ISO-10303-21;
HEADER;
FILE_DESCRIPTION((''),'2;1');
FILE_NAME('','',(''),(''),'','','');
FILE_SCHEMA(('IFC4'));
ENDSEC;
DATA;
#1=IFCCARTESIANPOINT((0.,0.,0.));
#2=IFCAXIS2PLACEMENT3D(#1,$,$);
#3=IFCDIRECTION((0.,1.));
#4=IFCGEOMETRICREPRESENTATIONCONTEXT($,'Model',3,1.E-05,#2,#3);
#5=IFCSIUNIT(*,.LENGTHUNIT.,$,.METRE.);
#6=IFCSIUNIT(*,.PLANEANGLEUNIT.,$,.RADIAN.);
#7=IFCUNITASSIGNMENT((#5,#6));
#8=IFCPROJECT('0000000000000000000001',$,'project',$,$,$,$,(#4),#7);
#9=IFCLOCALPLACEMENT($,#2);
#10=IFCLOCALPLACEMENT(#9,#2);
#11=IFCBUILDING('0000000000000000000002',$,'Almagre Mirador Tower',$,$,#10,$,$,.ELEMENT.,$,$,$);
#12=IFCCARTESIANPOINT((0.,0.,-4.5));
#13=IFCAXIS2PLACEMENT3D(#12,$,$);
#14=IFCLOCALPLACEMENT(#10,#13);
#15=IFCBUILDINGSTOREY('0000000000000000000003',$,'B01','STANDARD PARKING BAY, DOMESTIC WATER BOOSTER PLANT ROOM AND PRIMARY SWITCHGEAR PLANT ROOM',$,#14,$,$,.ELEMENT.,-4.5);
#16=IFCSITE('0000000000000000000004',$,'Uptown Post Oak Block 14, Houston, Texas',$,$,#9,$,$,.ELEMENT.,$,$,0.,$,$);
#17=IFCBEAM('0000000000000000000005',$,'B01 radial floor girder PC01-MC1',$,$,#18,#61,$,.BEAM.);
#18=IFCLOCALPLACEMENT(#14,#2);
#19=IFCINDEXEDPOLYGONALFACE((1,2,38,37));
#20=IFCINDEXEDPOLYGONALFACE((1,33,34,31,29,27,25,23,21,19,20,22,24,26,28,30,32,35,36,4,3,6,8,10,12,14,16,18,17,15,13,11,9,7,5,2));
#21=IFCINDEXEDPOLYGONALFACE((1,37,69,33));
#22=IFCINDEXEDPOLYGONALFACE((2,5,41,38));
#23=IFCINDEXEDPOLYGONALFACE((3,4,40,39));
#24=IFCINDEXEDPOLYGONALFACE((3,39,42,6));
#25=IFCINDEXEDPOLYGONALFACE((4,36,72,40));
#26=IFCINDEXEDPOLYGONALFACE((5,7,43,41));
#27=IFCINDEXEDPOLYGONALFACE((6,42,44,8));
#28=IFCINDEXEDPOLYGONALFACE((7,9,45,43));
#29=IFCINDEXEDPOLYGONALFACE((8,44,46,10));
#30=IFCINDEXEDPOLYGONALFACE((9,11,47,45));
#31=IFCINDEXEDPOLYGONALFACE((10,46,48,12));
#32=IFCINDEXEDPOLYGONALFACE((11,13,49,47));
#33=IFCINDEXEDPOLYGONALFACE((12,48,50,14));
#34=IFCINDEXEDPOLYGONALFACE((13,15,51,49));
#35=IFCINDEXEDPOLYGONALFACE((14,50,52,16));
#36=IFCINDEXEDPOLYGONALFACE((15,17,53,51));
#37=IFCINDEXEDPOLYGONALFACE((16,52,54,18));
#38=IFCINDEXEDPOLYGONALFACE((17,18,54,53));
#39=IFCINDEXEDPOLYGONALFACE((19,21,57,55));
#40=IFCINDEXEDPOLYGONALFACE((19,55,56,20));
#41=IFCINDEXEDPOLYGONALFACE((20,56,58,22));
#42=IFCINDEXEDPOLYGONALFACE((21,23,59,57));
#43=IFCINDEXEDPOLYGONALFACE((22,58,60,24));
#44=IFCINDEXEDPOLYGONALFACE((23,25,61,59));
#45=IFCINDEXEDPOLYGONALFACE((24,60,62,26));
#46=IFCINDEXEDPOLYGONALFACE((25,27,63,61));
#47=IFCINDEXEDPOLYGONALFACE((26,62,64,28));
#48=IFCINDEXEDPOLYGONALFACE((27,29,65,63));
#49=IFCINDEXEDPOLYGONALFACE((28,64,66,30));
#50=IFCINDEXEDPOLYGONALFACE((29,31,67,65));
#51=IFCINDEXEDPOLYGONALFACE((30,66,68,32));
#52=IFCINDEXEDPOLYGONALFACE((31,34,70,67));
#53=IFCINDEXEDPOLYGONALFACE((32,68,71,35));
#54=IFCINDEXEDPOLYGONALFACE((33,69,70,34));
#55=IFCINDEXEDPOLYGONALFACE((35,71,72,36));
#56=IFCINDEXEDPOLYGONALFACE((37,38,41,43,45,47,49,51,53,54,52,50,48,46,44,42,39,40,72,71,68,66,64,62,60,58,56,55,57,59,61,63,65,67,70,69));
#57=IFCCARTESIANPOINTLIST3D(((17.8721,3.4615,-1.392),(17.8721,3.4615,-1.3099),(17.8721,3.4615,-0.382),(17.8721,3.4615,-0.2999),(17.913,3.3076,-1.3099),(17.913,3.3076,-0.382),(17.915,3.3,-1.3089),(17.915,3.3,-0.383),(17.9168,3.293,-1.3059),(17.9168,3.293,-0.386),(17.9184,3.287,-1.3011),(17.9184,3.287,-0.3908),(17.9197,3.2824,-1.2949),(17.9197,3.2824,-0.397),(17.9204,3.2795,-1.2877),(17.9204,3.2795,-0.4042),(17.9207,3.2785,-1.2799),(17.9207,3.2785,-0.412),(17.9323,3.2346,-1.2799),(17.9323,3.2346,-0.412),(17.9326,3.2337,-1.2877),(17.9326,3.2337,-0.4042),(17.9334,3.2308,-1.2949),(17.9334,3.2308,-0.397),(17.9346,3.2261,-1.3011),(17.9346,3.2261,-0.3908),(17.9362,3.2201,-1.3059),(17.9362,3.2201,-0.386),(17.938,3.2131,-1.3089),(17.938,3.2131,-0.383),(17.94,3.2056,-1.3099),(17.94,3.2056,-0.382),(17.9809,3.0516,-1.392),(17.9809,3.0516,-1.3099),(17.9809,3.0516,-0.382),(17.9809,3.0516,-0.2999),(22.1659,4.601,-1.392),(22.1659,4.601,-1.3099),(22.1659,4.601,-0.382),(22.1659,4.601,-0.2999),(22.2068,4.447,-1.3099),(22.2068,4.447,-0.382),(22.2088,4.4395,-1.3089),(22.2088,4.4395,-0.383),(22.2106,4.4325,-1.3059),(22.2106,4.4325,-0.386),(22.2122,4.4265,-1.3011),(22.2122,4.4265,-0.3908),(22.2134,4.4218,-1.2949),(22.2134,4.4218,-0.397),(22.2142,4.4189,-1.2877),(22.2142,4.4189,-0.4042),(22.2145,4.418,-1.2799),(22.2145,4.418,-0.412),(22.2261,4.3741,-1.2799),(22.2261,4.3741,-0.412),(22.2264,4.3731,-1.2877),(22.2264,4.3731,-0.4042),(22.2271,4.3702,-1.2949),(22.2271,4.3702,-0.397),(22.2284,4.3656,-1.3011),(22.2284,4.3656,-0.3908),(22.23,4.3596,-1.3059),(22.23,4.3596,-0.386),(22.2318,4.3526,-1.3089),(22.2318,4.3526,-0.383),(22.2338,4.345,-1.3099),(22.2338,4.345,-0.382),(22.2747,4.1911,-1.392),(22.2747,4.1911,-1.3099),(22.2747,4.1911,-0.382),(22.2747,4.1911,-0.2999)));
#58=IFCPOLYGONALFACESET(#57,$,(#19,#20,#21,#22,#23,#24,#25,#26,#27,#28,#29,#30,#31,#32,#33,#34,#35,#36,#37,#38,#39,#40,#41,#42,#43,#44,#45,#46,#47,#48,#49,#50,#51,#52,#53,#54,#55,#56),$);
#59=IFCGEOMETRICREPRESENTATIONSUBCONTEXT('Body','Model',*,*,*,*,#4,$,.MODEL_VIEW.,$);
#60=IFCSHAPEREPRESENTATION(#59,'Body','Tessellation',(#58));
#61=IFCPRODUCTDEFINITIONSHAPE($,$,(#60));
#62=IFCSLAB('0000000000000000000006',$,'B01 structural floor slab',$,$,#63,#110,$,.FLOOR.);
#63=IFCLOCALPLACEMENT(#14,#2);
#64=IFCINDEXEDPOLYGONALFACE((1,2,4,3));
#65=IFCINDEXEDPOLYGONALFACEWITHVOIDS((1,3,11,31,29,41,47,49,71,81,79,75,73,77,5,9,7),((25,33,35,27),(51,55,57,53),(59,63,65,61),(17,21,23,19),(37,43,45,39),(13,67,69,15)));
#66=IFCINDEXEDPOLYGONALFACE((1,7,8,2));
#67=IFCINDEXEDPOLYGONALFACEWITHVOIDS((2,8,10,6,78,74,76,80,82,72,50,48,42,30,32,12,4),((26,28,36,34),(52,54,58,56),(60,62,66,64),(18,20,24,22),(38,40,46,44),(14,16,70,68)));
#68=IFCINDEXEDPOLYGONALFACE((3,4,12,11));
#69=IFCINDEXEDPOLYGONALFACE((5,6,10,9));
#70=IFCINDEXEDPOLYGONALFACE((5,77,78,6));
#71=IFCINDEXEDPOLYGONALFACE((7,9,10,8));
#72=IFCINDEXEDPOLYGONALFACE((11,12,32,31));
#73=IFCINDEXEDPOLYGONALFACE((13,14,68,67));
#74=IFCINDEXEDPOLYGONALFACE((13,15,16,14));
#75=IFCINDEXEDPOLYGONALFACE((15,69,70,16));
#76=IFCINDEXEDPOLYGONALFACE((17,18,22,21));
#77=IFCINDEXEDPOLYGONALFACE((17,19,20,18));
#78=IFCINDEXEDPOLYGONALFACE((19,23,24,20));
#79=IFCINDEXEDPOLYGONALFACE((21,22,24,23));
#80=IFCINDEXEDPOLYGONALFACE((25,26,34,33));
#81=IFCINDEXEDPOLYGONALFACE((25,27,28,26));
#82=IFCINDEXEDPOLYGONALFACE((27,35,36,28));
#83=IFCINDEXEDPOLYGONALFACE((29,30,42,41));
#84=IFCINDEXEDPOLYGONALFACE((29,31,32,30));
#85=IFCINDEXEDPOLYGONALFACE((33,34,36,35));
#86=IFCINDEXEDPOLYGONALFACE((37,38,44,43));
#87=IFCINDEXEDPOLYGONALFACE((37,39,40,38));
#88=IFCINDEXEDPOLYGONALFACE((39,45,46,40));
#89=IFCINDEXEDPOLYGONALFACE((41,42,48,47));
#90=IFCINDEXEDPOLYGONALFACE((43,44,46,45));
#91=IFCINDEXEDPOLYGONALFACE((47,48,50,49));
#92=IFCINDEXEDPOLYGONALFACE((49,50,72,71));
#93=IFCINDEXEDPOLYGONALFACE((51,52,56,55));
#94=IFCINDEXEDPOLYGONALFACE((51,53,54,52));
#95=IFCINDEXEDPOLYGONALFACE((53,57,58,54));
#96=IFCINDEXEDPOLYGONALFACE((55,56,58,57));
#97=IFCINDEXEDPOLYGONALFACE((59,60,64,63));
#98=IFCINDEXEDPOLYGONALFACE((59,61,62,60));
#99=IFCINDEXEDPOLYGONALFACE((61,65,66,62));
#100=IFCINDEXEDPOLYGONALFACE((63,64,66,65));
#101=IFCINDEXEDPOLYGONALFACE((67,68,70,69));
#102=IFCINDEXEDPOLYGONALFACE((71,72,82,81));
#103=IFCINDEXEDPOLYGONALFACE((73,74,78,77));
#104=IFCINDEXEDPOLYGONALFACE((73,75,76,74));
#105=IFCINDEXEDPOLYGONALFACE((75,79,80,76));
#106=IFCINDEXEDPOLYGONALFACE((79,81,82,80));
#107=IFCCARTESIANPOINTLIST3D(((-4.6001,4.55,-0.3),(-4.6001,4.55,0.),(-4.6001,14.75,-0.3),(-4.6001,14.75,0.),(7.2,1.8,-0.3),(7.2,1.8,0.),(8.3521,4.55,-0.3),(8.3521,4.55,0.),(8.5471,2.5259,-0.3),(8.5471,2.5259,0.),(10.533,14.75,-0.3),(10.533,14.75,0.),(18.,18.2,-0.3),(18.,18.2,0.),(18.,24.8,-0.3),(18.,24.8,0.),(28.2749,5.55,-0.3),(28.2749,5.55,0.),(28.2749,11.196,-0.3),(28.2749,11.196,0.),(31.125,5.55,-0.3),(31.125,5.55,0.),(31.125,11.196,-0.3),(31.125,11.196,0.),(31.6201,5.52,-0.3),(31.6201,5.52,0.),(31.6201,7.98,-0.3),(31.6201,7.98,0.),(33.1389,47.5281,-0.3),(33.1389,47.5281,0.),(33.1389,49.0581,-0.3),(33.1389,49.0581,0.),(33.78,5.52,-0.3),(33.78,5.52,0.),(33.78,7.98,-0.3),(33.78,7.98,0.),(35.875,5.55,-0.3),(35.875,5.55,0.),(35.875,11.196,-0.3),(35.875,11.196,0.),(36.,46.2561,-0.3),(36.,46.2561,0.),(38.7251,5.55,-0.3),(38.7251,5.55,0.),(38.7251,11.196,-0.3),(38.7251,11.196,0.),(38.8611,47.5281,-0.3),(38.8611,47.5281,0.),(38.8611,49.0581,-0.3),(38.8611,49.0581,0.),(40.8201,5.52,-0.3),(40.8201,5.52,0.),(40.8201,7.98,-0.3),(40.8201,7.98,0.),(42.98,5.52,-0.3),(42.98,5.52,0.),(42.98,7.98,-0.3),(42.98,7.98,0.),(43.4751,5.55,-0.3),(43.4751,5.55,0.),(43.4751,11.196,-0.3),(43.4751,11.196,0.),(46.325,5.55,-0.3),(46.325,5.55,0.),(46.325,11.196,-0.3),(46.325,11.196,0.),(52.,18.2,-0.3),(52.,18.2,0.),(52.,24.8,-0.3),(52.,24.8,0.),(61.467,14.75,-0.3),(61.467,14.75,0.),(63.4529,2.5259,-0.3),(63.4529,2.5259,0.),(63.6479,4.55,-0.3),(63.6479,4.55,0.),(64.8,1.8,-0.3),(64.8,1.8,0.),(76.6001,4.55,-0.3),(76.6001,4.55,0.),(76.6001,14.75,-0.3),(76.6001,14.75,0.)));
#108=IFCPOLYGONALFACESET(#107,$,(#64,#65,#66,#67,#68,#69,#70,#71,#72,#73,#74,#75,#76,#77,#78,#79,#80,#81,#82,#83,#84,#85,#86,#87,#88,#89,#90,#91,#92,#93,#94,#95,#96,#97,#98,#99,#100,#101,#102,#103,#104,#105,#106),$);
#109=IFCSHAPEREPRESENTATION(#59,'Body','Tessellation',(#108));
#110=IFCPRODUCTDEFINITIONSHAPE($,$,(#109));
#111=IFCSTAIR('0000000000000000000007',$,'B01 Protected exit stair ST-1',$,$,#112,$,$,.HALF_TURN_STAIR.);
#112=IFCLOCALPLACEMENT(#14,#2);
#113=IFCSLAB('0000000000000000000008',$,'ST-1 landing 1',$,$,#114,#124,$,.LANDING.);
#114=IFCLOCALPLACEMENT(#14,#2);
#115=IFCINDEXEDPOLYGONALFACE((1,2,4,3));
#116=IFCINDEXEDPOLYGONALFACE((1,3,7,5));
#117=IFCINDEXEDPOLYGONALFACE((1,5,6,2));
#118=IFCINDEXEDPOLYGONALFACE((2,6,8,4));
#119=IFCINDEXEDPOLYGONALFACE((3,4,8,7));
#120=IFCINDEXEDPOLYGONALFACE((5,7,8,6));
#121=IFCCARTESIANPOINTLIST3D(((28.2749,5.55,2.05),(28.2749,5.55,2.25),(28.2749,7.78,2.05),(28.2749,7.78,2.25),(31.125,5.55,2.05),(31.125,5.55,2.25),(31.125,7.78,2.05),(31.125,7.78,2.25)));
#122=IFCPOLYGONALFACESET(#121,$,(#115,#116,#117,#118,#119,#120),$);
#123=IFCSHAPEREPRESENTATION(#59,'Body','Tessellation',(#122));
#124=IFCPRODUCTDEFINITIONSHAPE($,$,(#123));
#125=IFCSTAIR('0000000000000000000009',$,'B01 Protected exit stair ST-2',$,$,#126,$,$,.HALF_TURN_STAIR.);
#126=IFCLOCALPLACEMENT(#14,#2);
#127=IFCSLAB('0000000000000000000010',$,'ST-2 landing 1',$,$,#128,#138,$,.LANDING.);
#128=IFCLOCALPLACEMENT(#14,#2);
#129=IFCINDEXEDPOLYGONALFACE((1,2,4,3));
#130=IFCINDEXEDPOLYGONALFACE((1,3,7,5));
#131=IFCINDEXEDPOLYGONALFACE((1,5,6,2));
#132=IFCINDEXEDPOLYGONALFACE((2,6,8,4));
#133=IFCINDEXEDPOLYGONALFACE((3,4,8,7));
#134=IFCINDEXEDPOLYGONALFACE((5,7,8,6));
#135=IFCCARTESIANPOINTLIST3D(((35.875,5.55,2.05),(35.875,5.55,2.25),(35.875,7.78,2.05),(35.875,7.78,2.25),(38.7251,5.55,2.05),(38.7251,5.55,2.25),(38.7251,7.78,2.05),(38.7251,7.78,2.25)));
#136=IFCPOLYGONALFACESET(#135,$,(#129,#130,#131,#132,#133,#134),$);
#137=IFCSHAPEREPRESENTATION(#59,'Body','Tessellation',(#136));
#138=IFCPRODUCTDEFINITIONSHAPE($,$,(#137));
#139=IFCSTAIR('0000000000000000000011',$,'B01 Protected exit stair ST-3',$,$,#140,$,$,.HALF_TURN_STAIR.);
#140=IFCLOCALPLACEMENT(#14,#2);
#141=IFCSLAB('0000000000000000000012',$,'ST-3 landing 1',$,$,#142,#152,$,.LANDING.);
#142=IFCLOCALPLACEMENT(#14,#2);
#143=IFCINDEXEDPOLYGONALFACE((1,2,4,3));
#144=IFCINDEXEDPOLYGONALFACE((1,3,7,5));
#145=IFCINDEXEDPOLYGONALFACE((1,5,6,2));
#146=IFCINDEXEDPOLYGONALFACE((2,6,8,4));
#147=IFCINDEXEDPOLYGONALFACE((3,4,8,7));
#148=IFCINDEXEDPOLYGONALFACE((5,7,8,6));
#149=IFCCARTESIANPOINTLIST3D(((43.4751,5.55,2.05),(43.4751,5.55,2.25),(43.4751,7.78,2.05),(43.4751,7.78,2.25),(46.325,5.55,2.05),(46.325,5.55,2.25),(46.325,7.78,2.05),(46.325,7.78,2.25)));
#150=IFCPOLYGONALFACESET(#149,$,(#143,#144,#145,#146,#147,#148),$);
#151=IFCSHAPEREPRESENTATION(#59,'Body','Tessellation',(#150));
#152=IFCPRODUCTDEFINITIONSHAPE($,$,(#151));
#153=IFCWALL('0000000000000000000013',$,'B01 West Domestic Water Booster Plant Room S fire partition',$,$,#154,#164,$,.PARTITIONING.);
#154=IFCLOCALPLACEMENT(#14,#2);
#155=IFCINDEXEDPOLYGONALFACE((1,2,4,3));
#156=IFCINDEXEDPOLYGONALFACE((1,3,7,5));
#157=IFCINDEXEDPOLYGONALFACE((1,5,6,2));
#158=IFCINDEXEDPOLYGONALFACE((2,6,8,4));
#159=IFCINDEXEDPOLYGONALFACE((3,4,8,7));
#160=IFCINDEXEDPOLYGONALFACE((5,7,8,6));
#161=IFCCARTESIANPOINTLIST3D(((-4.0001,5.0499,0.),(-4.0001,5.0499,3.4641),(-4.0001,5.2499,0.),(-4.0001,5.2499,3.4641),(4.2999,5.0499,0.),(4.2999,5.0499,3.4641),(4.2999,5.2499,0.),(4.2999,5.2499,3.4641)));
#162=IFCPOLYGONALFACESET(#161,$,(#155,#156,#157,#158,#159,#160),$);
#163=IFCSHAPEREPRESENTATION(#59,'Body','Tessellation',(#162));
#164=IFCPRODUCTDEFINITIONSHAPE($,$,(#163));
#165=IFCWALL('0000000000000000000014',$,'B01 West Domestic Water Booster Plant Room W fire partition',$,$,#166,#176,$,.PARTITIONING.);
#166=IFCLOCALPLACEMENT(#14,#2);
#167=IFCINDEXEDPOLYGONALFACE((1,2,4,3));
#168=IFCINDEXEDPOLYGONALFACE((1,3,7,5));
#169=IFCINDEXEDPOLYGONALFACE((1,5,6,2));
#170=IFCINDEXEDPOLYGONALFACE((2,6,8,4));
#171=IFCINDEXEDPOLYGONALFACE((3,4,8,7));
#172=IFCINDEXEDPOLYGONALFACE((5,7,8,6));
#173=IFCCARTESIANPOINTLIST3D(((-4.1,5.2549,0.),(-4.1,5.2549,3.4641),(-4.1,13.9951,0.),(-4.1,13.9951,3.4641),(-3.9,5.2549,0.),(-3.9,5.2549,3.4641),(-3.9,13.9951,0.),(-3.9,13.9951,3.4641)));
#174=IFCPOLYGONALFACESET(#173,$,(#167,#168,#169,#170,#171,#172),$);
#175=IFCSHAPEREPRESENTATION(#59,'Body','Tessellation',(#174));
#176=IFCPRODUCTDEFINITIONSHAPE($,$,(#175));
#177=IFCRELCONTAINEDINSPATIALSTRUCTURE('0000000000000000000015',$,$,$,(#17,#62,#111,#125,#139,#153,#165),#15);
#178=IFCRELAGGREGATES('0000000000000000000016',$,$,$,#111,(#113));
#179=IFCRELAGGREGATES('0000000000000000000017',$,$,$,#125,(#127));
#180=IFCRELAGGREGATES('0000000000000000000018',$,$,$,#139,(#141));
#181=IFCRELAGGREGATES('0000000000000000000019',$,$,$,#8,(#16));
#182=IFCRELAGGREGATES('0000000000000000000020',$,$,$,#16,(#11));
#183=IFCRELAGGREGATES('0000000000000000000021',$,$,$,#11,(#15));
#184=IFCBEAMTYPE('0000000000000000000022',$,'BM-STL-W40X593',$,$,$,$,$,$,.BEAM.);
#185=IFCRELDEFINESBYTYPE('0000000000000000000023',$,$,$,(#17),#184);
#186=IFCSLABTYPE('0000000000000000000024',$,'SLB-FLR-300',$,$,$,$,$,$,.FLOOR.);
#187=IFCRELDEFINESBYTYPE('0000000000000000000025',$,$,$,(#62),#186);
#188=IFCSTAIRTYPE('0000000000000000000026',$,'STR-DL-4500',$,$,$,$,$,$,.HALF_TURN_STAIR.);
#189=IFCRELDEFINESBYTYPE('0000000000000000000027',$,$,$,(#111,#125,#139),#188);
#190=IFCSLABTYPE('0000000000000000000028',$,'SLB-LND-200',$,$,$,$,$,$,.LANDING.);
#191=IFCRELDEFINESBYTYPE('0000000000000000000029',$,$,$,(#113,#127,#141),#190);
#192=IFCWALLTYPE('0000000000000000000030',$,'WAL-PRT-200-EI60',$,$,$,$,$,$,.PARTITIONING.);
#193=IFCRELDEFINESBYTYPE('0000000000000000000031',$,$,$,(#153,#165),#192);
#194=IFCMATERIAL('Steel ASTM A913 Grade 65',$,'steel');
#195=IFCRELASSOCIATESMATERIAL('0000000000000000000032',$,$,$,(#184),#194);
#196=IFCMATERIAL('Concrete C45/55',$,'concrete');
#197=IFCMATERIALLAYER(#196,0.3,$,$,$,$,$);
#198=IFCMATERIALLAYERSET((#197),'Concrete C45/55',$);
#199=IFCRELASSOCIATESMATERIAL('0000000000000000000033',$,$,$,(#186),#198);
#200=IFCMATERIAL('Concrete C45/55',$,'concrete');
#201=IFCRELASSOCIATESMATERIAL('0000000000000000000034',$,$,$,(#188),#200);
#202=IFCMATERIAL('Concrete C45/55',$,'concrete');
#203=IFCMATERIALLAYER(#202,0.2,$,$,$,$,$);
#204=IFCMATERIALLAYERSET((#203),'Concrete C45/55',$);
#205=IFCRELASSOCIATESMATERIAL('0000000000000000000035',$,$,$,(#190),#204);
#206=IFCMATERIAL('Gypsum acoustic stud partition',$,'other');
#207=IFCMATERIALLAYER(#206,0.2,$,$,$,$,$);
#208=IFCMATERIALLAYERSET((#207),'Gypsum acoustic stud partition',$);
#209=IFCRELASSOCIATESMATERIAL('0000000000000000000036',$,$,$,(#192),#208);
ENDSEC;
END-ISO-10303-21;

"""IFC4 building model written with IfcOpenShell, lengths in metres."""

from ifc_helpers import new_model, si_unit, direction, frame, frame_2d, origin, origin_2d, place, context, subcontext, project, spatial, polyline, rectangle, i_section, outline, extrude, material, layer, layer_set, material_profile, profile_set, type_object, element, aggregate, save


model = new_model("IFC4")

# Units and contexts
model_context = context("Model", 3, precision=1e-05, world=origin(), true_north=direction((0.0, 1.0)))
body_context = subcontext(model_context, "Body", "Model", "MODEL_VIEW")
ifc_project = project(units=[si_unit("LENGTHUNIT", "METRE"), si_unit("PLANEANGLEUNIT", "RADIAN")], contexts=[model_context])

# Site, building, storey
site_placement = place(None, origin())
site = spatial("IfcSite", under=ifc_project, at=site_placement, Name="Uptown Post Oak Block 14, Houston, Texas", CompositionType="ELEMENT", RefElevation=0.0)
building_placement = place(site_placement, origin())
building = spatial("IfcBuilding", under=site, at=building_placement, Name="Almagre Mirador Tower", CompositionType="ELEMENT")
storey_placement = place(building_placement, frame((0.0, 0.0, -4.5)))
storey = spatial("IfcBuildingStorey", under=building, at=storey_placement, Name="B01", Description="STANDARD PARKING BAY, DOMESTIC WATER BOOSTER PLANT ROOM AND PRIMARY SWITCHGEAR PLANT ROOM", CompositionType="ELEMENT", Elevation=-4.5)

# Beam
ifc_material_1 = material(Name="Steel ASTM A913 Grade 65", Category="steel")
ifc_material_profile_1 = material_profile(ifc_material_1, i_section(OverallWidth=0.4241, OverallDepth=1.092, WebThickness=0.0454, FlangeThickness=0.082, FilletRadius=0.03, at=origin_2d()), Name="W40X593")
ifc_profile_set_1 = profile_set([ifc_material_profile_1], Name="Steel ASTM A913 Grade 65")
beam_type_1 = type_object("IfcBeamType", Name="BM-STL-W40X593", PredefinedType="BEAM", material=ifc_profile_set_1)
beam_1_placement = place(storey_placement, frame((17.9265, 3.2566, -0.8459), z_axis=(0.966547, 0.256489, 0.0), x_axis=(-0.256489, 0.966547, 0.0)))
element("IfcBeam", 1, at=beam_1_placement, inside=storey, type_object=beam_type_1, Name="B01 radial floor girder PC01-MC1", PredefinedType="BEAM", context=body_context, shape_type="SweptSolid", body=[
    extrude(i_section(OverallWidth=0.4241, OverallDepth=1.092, WebThickness=0.0454, FlangeThickness=0.082, FilletRadius=0.03, at=origin_2d()), origin(), (0.0, 0.0, 1.0), 4.4424),
])

# Slab
ifc_material_2 = material(Name="Concrete C45/55", Category="concrete")
ifc_layer_1 = layer(ifc_material_2, 0.3)
ifc_layer_set_1 = layer_set([ifc_layer_1], Name="Concrete C45/55")
slab_type_1 = type_object("IfcSlabType", Name="SLB-FLR-300", PredefinedType="FLOOR", material=ifc_layer_set_1)
slab_1_placement = place(storey_placement, frame((0.0, 0.0, -0.3)))
element("IfcSlab", 2, at=slab_1_placement, inside=storey, type_object=slab_type_1, Name="B01 structural floor slab", PredefinedType="FLOOR", context=body_context, shape_type="SweptSolid", body=[
    extrude(outline(polyline([(33.1389, 49.0581), (10.533, 14.75), (-4.6001, 14.75), (-4.6001, 4.55), (8.3521, 4.55), (8.5471, 2.5259), (7.2, 1.8), (64.8, 1.8), (63.4529, 2.5259), (63.6479, 4.55), (76.6001, 4.55), (76.6001, 14.75), (61.467, 14.75), (38.8611, 49.0581), (38.8611, 47.5281), (36.0, 46.2561), (33.1389, 47.5281), (33.1389, 49.0581)]), holes=[polyline([(52.0, 18.2), (18.0, 18.2), (18.0, 24.8), (52.0, 24.8), (52.0, 18.2)]), polyline([(43.4751, 5.55), (43.4751, 11.196), (46.325, 11.196), (46.325, 5.55), (43.4751, 5.55)]), polyline([(42.98, 5.52), (40.8201, 5.52), (40.8201, 7.98), (42.98, 7.98), (42.98, 5.52)]), polyline([(38.7251, 5.55), (35.875, 5.55), (35.875, 11.196), (38.7251, 11.196), (38.7251, 5.55)]), polyline([(33.78, 7.98), (33.78, 5.52), (31.6201, 5.52), (31.6201, 7.98), (33.78, 7.98)]), polyline([(28.2749, 5.55), (28.2749, 11.196), (31.125, 11.196), (31.125, 5.55), (28.2749, 5.55)])]), origin(), (0.0, 0.0, 1.0), 0.3),
])

# Stairs, slabs
ifc_material_3 = material(Name="Concrete C45/55", Category="concrete")
stair_type = type_object("IfcStairType", Name="STR-DL-4500", PredefinedType="HALF_TURN_STAIR", material=ifc_material_3)
stair_1_placement = place(storey_placement, origin())
stair_1 = element("IfcStair", 3, at=stair_1_placement, inside=storey, type_object=stair_type, Name="B01 Protected exit stair ST-1", PredefinedType="HALF_TURN_STAIR")
ifc_material_4 = material(Name="Concrete C45/55", Category="concrete")
ifc_layer_2 = layer(ifc_material_4, 0.2)
ifc_layer_set_2 = layer_set([ifc_layer_2], Name="Concrete C45/55")
slab_type_2 = type_object("IfcSlabType", Name="SLB-LND-200", PredefinedType="LANDING", material=ifc_layer_set_2)
slab_2_placement = place(storey_placement, frame((0.0, 0.0, 2.05)))
slab_2 = element("IfcSlab", 4, at=slab_2_placement, type_object=slab_type_2, Name="ST-1 landing 1", PredefinedType="LANDING", context=body_context, shape_type="SweptSolid", body=[
    extrude(outline(polyline([(28.2749, 7.78), (28.2749, 5.55), (31.125, 5.55), (31.125, 7.78), (28.2749, 7.78)])), origin(), (0.0, 0.0, 1.0), 0.2),
])
aggregate(stair_1, [slab_2])
stair_2_placement = place(storey_placement, origin())
stair_2 = element("IfcStair", 5, at=stair_2_placement, inside=storey, type_object=stair_type, Name="B01 Protected exit stair ST-2", PredefinedType="HALF_TURN_STAIR")
slab_3_placement = place(storey_placement, frame((0.0, 0.0, 2.05)))
slab_3 = element("IfcSlab", 6, at=slab_3_placement, type_object=slab_type_2, Name="ST-2 landing 1", PredefinedType="LANDING", context=body_context, shape_type="SweptSolid", body=[
    extrude(outline(polyline([(35.875, 7.78), (35.875, 5.55), (38.7251, 5.55), (38.7251, 7.78), (35.875, 7.78)])), origin(), (0.0, 0.0, 1.0), 0.2),
])
aggregate(stair_2, [slab_3])
stair_3_placement = place(storey_placement, origin())
stair_3 = element("IfcStair", 7, at=stair_3_placement, inside=storey, type_object=stair_type, Name="B01 Protected exit stair ST-3", PredefinedType="HALF_TURN_STAIR")
slab_4_placement = place(storey_placement, frame((0.0, 0.0, 2.05)))
slab_4 = element("IfcSlab", 8, at=slab_4_placement, type_object=slab_type_2, Name="ST-3 landing 1", PredefinedType="LANDING", context=body_context, shape_type="SweptSolid", body=[
    extrude(outline(polyline([(43.4751, 7.78), (43.4751, 5.55), (46.325, 5.55), (46.325, 7.78), (43.4751, 7.78)])), origin(), (0.0, 0.0, 1.0), 0.2),
])
aggregate(stair_3, [slab_4])

# Walls
ifc_material_5 = material(Name="Gypsum acoustic stud partition", Category="other")
ifc_layer_3 = layer(ifc_material_5, 0.2)
ifc_layer_set_3 = layer_set([ifc_layer_3], Name="Gypsum acoustic stud partition")
wall_type_1 = type_object("IfcWallType", Name="WAL-PRT-200-EI60", PredefinedType="PARTITIONING", material=ifc_layer_set_3)
wall_1_placement = place(storey_placement, frame((-4.0, 5.1499, 0.0), z_axis=(0.0, 0.0, 1.0), x_axis=(1.0, 0.0, 0.0)))
element("IfcWall", 9, at=wall_1_placement, inside=storey, type_object=wall_type_1, Name="B01 West Domestic Water Booster Plant Room S fire partition", PredefinedType="PARTITIONING", context=body_context, shape_type="SweptSolid", body=[
    extrude(rectangle(XDim=8.3, YDim=0.2, at=frame_2d((4.1499, 0.0))), origin(), (0.0, 0.0, 1.0), 3.4641),
])
wall_2_placement = place(storey_placement, frame((-4.0, 5.2549, 0.0), z_axis=(0.0, 0.0, 1.0), x_axis=(0.0, 1.0, 0.0)))
element("IfcWall", 10, at=wall_2_placement, inside=storey, type_object=wall_type_1, Name="B01 West Domestic Water Booster Plant Room W fire partition", PredefinedType="PARTITIONING", context=body_context, shape_type="SweptSolid", body=[
    extrude(rectangle(XDim=8.7402, YDim=0.2, at=frame_2d((4.3701, 0.0))), origin(), (0.0, 0.0, 1.0), 3.4641),
])

save(model, "model.ifc")
